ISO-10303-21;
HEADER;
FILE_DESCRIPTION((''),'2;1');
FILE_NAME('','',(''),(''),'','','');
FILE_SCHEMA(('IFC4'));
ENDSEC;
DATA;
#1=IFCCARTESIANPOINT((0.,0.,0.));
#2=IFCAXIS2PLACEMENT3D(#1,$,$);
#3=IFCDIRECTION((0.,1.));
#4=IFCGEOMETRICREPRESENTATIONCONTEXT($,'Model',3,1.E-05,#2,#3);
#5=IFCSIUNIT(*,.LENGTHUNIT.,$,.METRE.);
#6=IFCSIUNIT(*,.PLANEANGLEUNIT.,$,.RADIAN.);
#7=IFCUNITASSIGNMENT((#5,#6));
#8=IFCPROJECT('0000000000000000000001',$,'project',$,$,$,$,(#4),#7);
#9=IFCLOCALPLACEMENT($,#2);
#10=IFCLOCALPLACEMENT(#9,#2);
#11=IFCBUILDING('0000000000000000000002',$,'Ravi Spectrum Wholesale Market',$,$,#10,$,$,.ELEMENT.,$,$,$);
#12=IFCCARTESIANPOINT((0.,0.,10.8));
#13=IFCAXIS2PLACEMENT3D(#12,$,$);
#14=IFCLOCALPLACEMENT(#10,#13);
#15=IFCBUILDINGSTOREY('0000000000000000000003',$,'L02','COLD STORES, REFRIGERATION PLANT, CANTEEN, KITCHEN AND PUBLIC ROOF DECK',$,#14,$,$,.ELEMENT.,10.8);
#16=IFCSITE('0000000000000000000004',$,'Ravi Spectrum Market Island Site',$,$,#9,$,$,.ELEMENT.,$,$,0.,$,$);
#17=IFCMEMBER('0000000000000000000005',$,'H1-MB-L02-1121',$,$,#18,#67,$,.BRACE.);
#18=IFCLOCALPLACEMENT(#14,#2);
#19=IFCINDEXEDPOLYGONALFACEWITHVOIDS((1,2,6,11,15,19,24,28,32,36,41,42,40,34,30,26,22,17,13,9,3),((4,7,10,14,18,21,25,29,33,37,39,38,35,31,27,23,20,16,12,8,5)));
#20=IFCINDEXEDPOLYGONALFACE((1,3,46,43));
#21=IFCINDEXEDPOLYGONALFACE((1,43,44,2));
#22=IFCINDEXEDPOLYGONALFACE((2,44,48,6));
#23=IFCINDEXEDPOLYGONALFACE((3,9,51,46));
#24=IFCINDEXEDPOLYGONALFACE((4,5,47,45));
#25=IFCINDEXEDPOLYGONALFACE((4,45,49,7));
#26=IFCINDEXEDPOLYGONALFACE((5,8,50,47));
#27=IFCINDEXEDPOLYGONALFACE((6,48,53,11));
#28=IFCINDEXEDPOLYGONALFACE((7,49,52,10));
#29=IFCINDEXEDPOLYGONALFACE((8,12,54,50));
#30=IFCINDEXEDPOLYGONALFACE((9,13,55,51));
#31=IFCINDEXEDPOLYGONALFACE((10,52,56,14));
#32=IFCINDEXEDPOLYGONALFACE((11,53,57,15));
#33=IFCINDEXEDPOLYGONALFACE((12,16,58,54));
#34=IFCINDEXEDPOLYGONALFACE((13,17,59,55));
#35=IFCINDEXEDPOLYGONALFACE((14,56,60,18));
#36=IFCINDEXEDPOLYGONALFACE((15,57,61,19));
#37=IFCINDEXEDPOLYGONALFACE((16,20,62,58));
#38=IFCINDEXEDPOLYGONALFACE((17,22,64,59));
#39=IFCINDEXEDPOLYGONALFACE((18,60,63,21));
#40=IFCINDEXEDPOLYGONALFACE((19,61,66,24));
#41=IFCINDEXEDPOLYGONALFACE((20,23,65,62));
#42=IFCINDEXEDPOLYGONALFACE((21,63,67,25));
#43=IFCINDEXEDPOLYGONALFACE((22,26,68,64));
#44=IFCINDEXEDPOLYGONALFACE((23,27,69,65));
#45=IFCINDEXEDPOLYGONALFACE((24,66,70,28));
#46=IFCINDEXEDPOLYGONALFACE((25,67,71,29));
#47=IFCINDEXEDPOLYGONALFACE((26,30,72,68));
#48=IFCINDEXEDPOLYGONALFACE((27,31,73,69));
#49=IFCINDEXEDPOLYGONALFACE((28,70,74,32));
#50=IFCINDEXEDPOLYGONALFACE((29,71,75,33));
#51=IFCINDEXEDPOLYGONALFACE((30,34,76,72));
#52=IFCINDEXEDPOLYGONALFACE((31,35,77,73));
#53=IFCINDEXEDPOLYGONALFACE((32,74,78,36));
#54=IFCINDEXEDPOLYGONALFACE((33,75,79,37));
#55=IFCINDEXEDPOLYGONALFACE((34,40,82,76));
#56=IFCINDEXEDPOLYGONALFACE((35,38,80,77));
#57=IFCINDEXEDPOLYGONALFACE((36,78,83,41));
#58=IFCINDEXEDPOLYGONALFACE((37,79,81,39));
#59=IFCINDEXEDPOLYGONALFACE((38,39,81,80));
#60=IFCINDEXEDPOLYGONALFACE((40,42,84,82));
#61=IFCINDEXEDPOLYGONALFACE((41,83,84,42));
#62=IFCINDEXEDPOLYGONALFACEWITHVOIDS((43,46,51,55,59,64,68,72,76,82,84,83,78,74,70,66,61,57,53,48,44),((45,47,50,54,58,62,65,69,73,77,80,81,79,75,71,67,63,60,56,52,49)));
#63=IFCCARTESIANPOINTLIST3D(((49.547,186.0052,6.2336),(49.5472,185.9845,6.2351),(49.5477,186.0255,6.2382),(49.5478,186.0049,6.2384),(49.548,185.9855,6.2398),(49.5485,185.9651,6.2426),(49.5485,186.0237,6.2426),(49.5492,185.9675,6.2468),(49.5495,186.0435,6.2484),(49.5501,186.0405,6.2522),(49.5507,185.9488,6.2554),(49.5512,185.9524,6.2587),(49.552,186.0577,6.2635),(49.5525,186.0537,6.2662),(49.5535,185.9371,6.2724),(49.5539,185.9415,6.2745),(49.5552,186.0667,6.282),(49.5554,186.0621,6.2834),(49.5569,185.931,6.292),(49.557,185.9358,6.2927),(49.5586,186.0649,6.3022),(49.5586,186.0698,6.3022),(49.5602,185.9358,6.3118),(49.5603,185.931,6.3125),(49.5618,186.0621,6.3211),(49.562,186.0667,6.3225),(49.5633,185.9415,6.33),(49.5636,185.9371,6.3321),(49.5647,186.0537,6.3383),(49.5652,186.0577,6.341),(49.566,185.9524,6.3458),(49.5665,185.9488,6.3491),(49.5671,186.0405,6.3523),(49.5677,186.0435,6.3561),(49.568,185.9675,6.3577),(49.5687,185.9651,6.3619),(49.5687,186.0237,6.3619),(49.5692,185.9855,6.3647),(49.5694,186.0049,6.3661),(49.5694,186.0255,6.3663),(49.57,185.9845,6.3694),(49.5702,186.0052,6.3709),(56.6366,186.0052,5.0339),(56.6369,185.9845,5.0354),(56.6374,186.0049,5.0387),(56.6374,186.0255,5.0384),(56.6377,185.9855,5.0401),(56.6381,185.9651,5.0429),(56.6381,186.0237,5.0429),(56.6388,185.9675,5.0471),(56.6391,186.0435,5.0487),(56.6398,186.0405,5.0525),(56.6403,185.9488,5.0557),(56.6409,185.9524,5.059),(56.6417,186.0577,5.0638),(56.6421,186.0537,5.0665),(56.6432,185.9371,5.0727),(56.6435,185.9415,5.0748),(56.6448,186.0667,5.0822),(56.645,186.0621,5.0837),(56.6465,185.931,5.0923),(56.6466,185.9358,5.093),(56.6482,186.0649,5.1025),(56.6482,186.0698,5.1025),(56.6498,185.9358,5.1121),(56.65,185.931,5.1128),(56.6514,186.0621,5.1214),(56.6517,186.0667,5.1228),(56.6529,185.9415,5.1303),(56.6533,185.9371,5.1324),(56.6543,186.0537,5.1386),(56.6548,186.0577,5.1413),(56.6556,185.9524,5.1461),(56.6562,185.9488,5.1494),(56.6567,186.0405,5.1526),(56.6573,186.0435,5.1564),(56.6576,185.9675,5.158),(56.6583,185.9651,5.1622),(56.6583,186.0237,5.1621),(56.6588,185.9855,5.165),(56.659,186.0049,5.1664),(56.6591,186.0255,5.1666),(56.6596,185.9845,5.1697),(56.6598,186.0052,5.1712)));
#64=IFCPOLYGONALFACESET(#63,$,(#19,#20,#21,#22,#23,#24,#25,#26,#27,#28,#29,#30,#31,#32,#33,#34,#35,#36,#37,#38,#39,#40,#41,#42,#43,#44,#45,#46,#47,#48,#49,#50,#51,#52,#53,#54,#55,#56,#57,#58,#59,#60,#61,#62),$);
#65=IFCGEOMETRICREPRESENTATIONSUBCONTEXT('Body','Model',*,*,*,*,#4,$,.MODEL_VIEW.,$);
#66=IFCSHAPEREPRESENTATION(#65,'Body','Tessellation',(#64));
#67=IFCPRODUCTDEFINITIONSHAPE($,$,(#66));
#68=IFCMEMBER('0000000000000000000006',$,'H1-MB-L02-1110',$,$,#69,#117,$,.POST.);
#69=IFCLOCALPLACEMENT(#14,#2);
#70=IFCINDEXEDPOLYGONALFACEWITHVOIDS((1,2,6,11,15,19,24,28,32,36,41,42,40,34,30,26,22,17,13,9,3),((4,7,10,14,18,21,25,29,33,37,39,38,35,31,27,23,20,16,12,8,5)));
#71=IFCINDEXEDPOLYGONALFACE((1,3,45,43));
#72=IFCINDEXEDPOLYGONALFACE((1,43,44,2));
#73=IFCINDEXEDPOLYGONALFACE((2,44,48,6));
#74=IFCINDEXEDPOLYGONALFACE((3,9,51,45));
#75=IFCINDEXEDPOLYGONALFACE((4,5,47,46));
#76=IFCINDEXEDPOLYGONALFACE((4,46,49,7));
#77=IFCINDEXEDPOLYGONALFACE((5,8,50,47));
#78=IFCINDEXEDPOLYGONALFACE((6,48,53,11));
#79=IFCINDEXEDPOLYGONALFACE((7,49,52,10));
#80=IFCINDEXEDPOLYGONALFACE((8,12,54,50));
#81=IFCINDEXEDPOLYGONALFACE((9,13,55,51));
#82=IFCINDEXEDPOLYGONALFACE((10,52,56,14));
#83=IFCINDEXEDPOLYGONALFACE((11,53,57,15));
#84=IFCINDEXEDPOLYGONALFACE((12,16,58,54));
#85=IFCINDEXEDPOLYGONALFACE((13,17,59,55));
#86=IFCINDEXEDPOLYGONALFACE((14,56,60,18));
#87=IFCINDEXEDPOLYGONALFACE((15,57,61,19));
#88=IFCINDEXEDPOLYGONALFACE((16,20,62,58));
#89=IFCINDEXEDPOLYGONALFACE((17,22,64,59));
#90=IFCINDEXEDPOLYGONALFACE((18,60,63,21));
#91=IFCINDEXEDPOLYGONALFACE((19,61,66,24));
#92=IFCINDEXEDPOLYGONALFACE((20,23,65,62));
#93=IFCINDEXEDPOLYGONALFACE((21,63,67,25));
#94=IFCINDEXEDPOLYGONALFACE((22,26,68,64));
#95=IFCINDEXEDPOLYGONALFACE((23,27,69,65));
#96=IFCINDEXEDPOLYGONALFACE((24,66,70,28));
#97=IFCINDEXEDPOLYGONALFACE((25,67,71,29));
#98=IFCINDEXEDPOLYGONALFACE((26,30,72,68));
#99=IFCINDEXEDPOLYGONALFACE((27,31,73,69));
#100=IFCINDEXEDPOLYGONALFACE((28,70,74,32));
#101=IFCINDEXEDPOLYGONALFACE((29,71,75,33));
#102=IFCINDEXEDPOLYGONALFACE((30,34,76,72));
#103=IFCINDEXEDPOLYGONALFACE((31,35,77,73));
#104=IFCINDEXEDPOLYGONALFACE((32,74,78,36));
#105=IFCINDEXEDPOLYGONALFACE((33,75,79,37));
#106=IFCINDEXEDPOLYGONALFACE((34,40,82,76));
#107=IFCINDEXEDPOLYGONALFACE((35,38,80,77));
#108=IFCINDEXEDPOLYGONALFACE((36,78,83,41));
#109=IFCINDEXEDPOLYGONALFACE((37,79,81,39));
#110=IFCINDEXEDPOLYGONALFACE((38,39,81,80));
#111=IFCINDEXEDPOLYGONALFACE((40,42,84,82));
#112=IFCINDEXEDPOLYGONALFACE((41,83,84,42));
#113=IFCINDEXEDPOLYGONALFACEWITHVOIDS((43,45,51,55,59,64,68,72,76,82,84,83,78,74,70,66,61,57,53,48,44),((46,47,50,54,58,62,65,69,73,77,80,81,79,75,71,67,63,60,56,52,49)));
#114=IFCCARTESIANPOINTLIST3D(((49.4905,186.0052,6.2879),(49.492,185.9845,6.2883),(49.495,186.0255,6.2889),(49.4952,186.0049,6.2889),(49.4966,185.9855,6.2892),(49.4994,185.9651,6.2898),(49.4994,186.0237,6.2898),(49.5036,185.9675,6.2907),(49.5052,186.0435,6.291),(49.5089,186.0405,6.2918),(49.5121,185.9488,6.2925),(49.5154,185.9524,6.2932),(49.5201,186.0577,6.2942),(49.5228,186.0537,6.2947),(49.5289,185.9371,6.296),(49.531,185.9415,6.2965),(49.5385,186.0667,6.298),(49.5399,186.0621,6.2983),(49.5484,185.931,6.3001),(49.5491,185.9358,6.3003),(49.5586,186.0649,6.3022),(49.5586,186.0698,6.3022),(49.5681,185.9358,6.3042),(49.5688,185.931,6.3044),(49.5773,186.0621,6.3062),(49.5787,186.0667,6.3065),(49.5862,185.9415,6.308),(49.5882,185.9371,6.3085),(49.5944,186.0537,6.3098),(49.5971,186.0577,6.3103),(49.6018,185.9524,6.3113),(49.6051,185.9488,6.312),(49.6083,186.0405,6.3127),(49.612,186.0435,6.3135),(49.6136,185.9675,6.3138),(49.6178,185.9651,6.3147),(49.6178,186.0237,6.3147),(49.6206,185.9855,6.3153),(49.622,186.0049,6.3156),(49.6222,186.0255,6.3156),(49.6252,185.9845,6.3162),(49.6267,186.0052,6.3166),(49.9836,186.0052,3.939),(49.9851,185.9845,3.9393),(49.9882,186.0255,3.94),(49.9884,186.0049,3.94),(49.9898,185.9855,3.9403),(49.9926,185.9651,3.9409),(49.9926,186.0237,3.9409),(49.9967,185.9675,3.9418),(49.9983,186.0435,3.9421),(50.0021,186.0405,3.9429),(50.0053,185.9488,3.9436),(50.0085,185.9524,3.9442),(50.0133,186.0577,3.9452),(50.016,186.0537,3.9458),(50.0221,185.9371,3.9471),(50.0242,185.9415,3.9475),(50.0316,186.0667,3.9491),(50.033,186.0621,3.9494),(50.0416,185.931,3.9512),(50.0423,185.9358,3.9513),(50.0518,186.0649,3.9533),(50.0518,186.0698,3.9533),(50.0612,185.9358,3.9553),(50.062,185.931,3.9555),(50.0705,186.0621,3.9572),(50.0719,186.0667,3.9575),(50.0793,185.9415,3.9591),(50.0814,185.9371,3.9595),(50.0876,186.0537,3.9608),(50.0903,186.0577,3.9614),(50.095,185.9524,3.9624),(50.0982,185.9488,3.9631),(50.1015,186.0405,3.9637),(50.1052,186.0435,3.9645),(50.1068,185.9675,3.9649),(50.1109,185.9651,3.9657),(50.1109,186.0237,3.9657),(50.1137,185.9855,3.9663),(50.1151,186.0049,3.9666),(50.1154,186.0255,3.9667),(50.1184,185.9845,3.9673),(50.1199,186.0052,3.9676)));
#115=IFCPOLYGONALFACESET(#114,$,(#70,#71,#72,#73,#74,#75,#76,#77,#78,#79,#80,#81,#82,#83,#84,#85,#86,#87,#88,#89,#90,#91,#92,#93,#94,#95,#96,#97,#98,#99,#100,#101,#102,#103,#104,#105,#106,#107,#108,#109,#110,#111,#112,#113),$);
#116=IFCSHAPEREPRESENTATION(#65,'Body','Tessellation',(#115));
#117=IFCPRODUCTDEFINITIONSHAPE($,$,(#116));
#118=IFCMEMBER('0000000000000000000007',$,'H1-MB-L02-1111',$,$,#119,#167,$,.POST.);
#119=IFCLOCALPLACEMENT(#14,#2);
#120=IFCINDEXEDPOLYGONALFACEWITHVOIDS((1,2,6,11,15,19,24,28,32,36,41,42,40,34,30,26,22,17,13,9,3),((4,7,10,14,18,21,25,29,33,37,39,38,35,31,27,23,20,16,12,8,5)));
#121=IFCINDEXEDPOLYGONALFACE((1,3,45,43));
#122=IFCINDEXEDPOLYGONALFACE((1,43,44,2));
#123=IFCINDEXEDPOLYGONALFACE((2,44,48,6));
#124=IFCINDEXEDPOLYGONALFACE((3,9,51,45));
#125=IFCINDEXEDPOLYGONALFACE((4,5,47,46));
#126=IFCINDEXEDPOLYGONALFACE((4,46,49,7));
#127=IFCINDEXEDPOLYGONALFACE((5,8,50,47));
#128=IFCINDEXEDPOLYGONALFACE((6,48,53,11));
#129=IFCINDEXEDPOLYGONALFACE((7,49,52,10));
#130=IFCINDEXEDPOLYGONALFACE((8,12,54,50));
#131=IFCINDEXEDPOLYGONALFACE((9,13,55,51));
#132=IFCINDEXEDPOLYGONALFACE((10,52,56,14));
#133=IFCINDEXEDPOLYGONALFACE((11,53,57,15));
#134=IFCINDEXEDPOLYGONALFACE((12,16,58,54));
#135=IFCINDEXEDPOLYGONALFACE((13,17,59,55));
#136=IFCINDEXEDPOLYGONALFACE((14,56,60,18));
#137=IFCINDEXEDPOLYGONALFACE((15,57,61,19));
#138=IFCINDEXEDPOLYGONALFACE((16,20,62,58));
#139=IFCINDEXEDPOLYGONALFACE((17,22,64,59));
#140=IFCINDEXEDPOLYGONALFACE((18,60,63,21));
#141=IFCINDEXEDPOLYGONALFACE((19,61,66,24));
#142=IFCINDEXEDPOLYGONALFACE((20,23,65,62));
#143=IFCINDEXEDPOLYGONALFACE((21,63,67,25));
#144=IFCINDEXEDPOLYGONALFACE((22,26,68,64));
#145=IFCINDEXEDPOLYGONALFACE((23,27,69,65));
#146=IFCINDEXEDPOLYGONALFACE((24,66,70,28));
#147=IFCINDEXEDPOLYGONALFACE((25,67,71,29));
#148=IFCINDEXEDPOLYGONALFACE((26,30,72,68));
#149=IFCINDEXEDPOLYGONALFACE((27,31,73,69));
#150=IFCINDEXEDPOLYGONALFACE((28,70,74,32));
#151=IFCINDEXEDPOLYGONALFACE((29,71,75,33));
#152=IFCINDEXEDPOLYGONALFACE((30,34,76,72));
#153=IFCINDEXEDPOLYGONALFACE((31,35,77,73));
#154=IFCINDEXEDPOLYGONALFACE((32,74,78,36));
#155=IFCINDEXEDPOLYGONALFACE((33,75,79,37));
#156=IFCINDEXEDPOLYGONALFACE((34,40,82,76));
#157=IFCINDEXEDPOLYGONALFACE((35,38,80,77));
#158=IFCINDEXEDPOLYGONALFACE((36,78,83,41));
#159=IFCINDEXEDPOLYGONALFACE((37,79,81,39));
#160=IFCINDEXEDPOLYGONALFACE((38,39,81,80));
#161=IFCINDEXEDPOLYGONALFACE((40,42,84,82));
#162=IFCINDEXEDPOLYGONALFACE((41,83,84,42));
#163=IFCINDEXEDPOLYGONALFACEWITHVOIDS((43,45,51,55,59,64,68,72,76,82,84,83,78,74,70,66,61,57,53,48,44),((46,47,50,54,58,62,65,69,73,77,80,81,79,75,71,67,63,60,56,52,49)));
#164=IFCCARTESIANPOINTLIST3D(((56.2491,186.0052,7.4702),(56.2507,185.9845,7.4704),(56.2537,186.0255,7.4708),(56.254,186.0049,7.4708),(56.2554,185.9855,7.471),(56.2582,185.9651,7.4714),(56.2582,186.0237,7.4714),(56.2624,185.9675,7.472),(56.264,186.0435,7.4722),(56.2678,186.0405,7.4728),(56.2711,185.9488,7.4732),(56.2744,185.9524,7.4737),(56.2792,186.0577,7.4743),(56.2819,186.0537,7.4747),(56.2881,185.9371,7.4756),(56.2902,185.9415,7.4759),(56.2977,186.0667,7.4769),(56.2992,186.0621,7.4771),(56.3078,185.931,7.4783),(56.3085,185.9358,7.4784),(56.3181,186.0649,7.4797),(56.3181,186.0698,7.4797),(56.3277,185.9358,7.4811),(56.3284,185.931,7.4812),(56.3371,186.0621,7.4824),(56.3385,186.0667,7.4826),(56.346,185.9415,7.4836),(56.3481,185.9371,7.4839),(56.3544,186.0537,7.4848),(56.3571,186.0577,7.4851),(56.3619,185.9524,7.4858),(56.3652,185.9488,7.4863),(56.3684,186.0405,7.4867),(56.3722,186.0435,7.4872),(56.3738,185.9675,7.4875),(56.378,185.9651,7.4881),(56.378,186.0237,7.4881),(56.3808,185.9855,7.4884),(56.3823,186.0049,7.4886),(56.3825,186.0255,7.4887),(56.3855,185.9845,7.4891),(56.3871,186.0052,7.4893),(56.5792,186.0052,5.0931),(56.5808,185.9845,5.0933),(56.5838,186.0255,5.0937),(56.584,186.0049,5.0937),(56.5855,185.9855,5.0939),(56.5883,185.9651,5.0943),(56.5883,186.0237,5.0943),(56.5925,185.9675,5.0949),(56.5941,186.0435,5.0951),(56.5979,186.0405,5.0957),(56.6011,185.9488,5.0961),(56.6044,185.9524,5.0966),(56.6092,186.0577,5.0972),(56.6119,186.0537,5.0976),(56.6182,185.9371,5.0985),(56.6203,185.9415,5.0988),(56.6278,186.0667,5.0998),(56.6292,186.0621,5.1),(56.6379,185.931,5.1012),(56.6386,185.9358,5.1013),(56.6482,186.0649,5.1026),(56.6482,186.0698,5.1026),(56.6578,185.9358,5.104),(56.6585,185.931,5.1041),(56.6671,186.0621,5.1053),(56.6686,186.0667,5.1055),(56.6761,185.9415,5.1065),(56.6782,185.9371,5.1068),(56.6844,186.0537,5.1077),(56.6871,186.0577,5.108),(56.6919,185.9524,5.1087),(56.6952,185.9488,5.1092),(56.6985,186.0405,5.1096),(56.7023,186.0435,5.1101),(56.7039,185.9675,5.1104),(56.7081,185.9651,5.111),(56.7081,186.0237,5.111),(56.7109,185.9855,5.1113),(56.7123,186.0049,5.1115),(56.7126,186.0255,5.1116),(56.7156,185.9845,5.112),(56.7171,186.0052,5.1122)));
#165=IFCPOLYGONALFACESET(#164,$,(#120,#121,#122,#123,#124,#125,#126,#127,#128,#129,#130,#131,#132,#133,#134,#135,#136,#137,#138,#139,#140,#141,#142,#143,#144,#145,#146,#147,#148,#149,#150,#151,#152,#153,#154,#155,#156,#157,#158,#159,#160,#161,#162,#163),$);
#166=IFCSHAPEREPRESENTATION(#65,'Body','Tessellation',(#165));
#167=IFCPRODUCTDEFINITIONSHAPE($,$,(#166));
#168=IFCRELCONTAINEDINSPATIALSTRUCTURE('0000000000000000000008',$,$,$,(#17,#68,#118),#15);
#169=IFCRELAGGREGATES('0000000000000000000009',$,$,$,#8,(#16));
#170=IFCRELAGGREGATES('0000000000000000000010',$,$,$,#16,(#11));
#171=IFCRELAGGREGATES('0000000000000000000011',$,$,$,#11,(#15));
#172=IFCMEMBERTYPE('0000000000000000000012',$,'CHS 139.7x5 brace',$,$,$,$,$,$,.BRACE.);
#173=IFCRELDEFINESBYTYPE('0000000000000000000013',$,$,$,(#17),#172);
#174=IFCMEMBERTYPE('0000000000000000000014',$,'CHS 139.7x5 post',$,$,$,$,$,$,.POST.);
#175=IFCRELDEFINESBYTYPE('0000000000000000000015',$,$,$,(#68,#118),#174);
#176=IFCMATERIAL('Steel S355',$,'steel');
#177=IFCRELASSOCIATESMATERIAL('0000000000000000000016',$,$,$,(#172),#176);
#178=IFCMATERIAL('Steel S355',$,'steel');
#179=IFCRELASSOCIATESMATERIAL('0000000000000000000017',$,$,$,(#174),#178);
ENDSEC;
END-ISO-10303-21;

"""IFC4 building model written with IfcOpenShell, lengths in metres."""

from ifc_helpers import new_model, si_unit, direction, frame, origin, origin_2d, place, context, subcontext, project, spatial, hollow_circle, extrude, material, material_profile, profile_set, type_object, element, save


model = new_model("IFC4")

# Units and contexts
model_context = context("Model", 3, precision=1e-05, world=origin(), true_north=direction((0.0, 1.0)))
body_context = subcontext(model_context, "Body", "Model", "MODEL_VIEW")
ifc_project = project(units=[si_unit("LENGTHUNIT", "METRE"), si_unit("PLANEANGLEUNIT", "RADIAN")], contexts=[model_context])

# Site, building, storey
site_placement = place(None, origin())
site = spatial("IfcSite", under=ifc_project, at=site_placement, Name="Ravi Spectrum Market Island Site", CompositionType="ELEMENT", RefElevation=0.0)
building_placement = place(site_placement, origin())
building = spatial("IfcBuilding", under=site, at=building_placement, Name="Ravi Spectrum Wholesale Market", CompositionType="ELEMENT")
storey_placement = place(building_placement, frame((0.0, 0.0, 10.8)))
storey = spatial("IfcBuildingStorey", under=building, at=storey_placement, Name="L02", Description="COLD STORES, REFRIGERATION PLANT, CANTEEN, KITCHEN AND PUBLIC ROOF DECK", CompositionType="ELEMENT", Elevation=10.8)

# Members
ifc_material_1 = material(Name="Steel S355", Category="steel")
ifc_material_profile_1 = material_profile(ifc_material_1, hollow_circle(Radius=0.0698, WallThickness=0.0049, at=origin_2d()))
ifc_profile_set_1 = profile_set([ifc_material_profile_1], Name="Steel S355")
member_type_1 = type_object("IfcMemberType", Name="CHS 139.7x5 brace", PredefinedType="BRACE", material=ifc_profile_set_1)
member_1_placement = place(storey_placement, frame((49.5586, 186.0, 6.3022), z_axis=(0.985983, 0.0, -0.166849), x_axis=(0.0, 1.0, 0.0)))
element("IfcMember", 1, at=member_1_placement, inside=storey, type_object=member_type_1, Name="H1-MB-L02-1121", PredefinedType="BRACE", context=body_context, shape_type="SweptSolid", body=[
    extrude(hollow_circle(Radius=0.0698, WallThickness=0.0049, at=origin_2d()), origin(), (0.0, 0.0, 1.0), 7.1904),
])
ifc_material_2 = material(Name="Steel S355", Category="steel")
ifc_material_profile_2 = material_profile(ifc_material_2, hollow_circle(Radius=0.0698, WallThickness=0.0049, at=origin_2d()))
ifc_profile_set_2 = profile_set([ifc_material_profile_2], Name="Steel S355")
member_type_2 = type_object("IfcMemberType", Name="CHS 139.7x5 post", PredefinedType="POST", material=ifc_profile_set_2)
member_2_placement = place(storey_placement, frame((49.5586, 186.0, 6.3022), z_axis=(0.205477, 0.0, -0.978662), x_axis=(0.0, 1.0, 0.0)))
element("IfcMember", 2, at=member_2_placement, inside=storey, type_object=member_type_2, Name="H1-MB-L02-1110", PredefinedType="POST", context=body_context, shape_type="SweptSolid", body=[
    extrude(hollow_circle(Radius=0.0698, WallThickness=0.0049, at=origin_2d()), origin(), (0.0, 0.0, 1.0), 2.4001),
])
member_3_placement = place(storey_placement, frame((56.3181, 186.0, 7.4797), z_axis=(0.137532, 0.0, -0.990497), x_axis=(0.0, 1.0, 0.0)))
element("IfcMember", 3, at=member_3_placement, inside=storey, type_object=member_type_2, Name="H1-MB-L02-1111", PredefinedType="POST", context=body_context, shape_type="SweptSolid", body=[
    extrude(hollow_circle(Radius=0.0698, WallThickness=0.0049, at=origin_2d()), origin(), (0.0, 0.0, 1.0), 2.3999),
])

save(model, "model.ifc")
